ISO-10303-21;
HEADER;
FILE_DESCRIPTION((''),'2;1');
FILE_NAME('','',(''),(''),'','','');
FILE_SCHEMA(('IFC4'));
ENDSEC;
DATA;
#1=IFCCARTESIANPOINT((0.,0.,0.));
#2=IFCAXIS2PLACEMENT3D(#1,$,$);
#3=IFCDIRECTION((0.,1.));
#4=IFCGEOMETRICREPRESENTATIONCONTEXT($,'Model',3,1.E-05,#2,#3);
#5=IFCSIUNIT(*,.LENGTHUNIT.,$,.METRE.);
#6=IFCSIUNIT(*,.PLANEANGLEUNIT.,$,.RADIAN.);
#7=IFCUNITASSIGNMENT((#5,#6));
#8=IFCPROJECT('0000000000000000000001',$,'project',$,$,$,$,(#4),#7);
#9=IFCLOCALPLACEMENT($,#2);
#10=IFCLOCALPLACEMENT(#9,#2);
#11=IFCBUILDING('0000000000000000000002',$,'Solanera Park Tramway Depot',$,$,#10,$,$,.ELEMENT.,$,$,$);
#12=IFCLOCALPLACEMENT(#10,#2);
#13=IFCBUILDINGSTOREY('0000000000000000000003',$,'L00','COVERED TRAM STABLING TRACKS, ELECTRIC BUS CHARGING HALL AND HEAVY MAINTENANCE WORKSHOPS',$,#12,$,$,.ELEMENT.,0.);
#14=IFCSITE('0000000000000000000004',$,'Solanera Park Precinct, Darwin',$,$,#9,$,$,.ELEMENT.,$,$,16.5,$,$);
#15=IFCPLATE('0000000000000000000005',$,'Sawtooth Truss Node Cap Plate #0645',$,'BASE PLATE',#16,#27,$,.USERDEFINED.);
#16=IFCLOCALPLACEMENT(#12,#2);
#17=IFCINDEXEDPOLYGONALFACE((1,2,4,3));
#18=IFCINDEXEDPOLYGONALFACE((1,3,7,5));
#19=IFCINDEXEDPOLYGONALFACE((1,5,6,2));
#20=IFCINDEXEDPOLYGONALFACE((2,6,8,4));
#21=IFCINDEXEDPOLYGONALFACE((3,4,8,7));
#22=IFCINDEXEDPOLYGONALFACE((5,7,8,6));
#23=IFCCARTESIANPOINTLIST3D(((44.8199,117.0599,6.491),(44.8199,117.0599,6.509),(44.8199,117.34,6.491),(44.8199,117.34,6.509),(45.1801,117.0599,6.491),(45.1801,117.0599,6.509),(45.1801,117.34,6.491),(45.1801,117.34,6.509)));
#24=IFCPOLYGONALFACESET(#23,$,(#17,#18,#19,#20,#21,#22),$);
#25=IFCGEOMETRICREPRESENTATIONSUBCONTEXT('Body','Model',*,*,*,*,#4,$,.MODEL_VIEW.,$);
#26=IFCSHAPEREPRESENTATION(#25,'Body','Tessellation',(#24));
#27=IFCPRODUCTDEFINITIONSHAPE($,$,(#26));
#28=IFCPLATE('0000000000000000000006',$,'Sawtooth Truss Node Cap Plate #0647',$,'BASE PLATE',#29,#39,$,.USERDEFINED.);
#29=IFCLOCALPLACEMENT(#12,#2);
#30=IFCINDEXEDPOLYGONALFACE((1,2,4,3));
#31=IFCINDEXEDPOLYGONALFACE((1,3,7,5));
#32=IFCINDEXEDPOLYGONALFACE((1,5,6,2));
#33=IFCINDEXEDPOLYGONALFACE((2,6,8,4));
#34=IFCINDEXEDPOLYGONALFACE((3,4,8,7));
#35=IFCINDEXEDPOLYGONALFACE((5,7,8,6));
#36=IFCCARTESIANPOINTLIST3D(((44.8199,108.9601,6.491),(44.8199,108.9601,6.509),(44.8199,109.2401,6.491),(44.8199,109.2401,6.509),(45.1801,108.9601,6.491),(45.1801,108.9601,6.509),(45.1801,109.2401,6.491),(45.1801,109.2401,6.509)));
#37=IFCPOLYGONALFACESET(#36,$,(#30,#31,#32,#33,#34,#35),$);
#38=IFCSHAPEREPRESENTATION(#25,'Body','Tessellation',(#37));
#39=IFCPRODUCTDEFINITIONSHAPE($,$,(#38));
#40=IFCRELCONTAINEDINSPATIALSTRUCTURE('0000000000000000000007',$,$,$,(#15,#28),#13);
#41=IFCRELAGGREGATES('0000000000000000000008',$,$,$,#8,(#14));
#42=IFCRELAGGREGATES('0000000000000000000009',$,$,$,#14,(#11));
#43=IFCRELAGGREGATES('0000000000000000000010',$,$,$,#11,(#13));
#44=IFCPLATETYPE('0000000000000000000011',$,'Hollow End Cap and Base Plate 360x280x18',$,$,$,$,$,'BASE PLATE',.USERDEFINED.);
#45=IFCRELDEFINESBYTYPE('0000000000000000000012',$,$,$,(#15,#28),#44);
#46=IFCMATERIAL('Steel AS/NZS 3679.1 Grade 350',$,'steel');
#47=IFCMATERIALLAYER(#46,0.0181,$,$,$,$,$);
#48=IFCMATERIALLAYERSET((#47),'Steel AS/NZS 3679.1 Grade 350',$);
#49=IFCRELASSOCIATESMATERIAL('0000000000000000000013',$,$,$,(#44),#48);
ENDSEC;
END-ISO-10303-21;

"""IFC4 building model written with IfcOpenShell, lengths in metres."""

from ifc_helpers import new_model, si_unit, direction, frame, origin, origin_2d, place, context, subcontext, project, spatial, rectangle, extrude, material, layer, layer_set, type_object, element, save


model = new_model("IFC4")

# Units and contexts
model_context = context("Model", 3, precision=1e-05, world=origin(), true_north=direction((0.0, 1.0)))
body_context = subcontext(model_context, "Body", "Model", "MODEL_VIEW")
ifc_project = project(units=[si_unit("LENGTHUNIT", "METRE"), si_unit("PLANEANGLEUNIT", "RADIAN")], contexts=[model_context])

# Site, building, storey
site_placement = place(None, origin())
site = spatial("IfcSite", under=ifc_project, at=site_placement, Name="Solanera Park Precinct, Darwin", CompositionType="ELEMENT", RefElevation=16.5)
building_placement = place(site_placement, origin())
building = spatial("IfcBuilding", under=site, at=building_placement, Name="Solanera Park Tramway Depot", CompositionType="ELEMENT")
storey_placement = place(building_placement, origin())
storey = spatial("IfcBuildingStorey", under=building, at=storey_placement, Name="L00", Description="COVERED TRAM STABLING TRACKS, ELECTRIC BUS CHARGING HALL AND HEAVY MAINTENANCE WORKSHOPS", CompositionType="ELEMENT", Elevation=0.0)

# Plates
ifc_material_1 = material(Name="Steel AS/NZS 3679.1 Grade 350", Category="steel")
ifc_layer_1 = layer(ifc_material_1, 0.0181)
ifc_layer_set_1 = layer_set([ifc_layer_1], Name="Steel AS/NZS 3679.1 Grade 350")
plate_type_1 = type_object("IfcPlateType", Name="Hollow End Cap and Base Plate 360x280x18", ElementType="BASE PLATE", PredefinedType="USERDEFINED", material=ifc_layer_set_1)
for number, where, z_axis, x_axis, name in (
    (1, (45.0, 117.2, 6.491), (0.0, 0.0, 1.0), (1.0, 0.0, 0.0), "Sawtooth Truss Node Cap Plate #0645"),
    (2, (45.0, 109.1001, 6.491), (0.0, 0.0, 1.0), (1.0, 0.0, 0.0), "Sawtooth Truss Node Cap Plate #0647"),
):
    element("IfcPlate", number, at=place(storey_placement, frame(where, z_axis=z_axis, x_axis=x_axis)), inside=storey, type_object=plate_type_1, Name=name, ObjectType="BASE PLATE", PredefinedType="USERDEFINED", context=body_context, shape_type="SweptSolid", body=[
        extrude(rectangle(XDim=0.3601, YDim=0.28, at=origin_2d()), origin(), (0.0, 0.0, 1.0), 0.0181),
    ])

save(model, "model.ifc")
